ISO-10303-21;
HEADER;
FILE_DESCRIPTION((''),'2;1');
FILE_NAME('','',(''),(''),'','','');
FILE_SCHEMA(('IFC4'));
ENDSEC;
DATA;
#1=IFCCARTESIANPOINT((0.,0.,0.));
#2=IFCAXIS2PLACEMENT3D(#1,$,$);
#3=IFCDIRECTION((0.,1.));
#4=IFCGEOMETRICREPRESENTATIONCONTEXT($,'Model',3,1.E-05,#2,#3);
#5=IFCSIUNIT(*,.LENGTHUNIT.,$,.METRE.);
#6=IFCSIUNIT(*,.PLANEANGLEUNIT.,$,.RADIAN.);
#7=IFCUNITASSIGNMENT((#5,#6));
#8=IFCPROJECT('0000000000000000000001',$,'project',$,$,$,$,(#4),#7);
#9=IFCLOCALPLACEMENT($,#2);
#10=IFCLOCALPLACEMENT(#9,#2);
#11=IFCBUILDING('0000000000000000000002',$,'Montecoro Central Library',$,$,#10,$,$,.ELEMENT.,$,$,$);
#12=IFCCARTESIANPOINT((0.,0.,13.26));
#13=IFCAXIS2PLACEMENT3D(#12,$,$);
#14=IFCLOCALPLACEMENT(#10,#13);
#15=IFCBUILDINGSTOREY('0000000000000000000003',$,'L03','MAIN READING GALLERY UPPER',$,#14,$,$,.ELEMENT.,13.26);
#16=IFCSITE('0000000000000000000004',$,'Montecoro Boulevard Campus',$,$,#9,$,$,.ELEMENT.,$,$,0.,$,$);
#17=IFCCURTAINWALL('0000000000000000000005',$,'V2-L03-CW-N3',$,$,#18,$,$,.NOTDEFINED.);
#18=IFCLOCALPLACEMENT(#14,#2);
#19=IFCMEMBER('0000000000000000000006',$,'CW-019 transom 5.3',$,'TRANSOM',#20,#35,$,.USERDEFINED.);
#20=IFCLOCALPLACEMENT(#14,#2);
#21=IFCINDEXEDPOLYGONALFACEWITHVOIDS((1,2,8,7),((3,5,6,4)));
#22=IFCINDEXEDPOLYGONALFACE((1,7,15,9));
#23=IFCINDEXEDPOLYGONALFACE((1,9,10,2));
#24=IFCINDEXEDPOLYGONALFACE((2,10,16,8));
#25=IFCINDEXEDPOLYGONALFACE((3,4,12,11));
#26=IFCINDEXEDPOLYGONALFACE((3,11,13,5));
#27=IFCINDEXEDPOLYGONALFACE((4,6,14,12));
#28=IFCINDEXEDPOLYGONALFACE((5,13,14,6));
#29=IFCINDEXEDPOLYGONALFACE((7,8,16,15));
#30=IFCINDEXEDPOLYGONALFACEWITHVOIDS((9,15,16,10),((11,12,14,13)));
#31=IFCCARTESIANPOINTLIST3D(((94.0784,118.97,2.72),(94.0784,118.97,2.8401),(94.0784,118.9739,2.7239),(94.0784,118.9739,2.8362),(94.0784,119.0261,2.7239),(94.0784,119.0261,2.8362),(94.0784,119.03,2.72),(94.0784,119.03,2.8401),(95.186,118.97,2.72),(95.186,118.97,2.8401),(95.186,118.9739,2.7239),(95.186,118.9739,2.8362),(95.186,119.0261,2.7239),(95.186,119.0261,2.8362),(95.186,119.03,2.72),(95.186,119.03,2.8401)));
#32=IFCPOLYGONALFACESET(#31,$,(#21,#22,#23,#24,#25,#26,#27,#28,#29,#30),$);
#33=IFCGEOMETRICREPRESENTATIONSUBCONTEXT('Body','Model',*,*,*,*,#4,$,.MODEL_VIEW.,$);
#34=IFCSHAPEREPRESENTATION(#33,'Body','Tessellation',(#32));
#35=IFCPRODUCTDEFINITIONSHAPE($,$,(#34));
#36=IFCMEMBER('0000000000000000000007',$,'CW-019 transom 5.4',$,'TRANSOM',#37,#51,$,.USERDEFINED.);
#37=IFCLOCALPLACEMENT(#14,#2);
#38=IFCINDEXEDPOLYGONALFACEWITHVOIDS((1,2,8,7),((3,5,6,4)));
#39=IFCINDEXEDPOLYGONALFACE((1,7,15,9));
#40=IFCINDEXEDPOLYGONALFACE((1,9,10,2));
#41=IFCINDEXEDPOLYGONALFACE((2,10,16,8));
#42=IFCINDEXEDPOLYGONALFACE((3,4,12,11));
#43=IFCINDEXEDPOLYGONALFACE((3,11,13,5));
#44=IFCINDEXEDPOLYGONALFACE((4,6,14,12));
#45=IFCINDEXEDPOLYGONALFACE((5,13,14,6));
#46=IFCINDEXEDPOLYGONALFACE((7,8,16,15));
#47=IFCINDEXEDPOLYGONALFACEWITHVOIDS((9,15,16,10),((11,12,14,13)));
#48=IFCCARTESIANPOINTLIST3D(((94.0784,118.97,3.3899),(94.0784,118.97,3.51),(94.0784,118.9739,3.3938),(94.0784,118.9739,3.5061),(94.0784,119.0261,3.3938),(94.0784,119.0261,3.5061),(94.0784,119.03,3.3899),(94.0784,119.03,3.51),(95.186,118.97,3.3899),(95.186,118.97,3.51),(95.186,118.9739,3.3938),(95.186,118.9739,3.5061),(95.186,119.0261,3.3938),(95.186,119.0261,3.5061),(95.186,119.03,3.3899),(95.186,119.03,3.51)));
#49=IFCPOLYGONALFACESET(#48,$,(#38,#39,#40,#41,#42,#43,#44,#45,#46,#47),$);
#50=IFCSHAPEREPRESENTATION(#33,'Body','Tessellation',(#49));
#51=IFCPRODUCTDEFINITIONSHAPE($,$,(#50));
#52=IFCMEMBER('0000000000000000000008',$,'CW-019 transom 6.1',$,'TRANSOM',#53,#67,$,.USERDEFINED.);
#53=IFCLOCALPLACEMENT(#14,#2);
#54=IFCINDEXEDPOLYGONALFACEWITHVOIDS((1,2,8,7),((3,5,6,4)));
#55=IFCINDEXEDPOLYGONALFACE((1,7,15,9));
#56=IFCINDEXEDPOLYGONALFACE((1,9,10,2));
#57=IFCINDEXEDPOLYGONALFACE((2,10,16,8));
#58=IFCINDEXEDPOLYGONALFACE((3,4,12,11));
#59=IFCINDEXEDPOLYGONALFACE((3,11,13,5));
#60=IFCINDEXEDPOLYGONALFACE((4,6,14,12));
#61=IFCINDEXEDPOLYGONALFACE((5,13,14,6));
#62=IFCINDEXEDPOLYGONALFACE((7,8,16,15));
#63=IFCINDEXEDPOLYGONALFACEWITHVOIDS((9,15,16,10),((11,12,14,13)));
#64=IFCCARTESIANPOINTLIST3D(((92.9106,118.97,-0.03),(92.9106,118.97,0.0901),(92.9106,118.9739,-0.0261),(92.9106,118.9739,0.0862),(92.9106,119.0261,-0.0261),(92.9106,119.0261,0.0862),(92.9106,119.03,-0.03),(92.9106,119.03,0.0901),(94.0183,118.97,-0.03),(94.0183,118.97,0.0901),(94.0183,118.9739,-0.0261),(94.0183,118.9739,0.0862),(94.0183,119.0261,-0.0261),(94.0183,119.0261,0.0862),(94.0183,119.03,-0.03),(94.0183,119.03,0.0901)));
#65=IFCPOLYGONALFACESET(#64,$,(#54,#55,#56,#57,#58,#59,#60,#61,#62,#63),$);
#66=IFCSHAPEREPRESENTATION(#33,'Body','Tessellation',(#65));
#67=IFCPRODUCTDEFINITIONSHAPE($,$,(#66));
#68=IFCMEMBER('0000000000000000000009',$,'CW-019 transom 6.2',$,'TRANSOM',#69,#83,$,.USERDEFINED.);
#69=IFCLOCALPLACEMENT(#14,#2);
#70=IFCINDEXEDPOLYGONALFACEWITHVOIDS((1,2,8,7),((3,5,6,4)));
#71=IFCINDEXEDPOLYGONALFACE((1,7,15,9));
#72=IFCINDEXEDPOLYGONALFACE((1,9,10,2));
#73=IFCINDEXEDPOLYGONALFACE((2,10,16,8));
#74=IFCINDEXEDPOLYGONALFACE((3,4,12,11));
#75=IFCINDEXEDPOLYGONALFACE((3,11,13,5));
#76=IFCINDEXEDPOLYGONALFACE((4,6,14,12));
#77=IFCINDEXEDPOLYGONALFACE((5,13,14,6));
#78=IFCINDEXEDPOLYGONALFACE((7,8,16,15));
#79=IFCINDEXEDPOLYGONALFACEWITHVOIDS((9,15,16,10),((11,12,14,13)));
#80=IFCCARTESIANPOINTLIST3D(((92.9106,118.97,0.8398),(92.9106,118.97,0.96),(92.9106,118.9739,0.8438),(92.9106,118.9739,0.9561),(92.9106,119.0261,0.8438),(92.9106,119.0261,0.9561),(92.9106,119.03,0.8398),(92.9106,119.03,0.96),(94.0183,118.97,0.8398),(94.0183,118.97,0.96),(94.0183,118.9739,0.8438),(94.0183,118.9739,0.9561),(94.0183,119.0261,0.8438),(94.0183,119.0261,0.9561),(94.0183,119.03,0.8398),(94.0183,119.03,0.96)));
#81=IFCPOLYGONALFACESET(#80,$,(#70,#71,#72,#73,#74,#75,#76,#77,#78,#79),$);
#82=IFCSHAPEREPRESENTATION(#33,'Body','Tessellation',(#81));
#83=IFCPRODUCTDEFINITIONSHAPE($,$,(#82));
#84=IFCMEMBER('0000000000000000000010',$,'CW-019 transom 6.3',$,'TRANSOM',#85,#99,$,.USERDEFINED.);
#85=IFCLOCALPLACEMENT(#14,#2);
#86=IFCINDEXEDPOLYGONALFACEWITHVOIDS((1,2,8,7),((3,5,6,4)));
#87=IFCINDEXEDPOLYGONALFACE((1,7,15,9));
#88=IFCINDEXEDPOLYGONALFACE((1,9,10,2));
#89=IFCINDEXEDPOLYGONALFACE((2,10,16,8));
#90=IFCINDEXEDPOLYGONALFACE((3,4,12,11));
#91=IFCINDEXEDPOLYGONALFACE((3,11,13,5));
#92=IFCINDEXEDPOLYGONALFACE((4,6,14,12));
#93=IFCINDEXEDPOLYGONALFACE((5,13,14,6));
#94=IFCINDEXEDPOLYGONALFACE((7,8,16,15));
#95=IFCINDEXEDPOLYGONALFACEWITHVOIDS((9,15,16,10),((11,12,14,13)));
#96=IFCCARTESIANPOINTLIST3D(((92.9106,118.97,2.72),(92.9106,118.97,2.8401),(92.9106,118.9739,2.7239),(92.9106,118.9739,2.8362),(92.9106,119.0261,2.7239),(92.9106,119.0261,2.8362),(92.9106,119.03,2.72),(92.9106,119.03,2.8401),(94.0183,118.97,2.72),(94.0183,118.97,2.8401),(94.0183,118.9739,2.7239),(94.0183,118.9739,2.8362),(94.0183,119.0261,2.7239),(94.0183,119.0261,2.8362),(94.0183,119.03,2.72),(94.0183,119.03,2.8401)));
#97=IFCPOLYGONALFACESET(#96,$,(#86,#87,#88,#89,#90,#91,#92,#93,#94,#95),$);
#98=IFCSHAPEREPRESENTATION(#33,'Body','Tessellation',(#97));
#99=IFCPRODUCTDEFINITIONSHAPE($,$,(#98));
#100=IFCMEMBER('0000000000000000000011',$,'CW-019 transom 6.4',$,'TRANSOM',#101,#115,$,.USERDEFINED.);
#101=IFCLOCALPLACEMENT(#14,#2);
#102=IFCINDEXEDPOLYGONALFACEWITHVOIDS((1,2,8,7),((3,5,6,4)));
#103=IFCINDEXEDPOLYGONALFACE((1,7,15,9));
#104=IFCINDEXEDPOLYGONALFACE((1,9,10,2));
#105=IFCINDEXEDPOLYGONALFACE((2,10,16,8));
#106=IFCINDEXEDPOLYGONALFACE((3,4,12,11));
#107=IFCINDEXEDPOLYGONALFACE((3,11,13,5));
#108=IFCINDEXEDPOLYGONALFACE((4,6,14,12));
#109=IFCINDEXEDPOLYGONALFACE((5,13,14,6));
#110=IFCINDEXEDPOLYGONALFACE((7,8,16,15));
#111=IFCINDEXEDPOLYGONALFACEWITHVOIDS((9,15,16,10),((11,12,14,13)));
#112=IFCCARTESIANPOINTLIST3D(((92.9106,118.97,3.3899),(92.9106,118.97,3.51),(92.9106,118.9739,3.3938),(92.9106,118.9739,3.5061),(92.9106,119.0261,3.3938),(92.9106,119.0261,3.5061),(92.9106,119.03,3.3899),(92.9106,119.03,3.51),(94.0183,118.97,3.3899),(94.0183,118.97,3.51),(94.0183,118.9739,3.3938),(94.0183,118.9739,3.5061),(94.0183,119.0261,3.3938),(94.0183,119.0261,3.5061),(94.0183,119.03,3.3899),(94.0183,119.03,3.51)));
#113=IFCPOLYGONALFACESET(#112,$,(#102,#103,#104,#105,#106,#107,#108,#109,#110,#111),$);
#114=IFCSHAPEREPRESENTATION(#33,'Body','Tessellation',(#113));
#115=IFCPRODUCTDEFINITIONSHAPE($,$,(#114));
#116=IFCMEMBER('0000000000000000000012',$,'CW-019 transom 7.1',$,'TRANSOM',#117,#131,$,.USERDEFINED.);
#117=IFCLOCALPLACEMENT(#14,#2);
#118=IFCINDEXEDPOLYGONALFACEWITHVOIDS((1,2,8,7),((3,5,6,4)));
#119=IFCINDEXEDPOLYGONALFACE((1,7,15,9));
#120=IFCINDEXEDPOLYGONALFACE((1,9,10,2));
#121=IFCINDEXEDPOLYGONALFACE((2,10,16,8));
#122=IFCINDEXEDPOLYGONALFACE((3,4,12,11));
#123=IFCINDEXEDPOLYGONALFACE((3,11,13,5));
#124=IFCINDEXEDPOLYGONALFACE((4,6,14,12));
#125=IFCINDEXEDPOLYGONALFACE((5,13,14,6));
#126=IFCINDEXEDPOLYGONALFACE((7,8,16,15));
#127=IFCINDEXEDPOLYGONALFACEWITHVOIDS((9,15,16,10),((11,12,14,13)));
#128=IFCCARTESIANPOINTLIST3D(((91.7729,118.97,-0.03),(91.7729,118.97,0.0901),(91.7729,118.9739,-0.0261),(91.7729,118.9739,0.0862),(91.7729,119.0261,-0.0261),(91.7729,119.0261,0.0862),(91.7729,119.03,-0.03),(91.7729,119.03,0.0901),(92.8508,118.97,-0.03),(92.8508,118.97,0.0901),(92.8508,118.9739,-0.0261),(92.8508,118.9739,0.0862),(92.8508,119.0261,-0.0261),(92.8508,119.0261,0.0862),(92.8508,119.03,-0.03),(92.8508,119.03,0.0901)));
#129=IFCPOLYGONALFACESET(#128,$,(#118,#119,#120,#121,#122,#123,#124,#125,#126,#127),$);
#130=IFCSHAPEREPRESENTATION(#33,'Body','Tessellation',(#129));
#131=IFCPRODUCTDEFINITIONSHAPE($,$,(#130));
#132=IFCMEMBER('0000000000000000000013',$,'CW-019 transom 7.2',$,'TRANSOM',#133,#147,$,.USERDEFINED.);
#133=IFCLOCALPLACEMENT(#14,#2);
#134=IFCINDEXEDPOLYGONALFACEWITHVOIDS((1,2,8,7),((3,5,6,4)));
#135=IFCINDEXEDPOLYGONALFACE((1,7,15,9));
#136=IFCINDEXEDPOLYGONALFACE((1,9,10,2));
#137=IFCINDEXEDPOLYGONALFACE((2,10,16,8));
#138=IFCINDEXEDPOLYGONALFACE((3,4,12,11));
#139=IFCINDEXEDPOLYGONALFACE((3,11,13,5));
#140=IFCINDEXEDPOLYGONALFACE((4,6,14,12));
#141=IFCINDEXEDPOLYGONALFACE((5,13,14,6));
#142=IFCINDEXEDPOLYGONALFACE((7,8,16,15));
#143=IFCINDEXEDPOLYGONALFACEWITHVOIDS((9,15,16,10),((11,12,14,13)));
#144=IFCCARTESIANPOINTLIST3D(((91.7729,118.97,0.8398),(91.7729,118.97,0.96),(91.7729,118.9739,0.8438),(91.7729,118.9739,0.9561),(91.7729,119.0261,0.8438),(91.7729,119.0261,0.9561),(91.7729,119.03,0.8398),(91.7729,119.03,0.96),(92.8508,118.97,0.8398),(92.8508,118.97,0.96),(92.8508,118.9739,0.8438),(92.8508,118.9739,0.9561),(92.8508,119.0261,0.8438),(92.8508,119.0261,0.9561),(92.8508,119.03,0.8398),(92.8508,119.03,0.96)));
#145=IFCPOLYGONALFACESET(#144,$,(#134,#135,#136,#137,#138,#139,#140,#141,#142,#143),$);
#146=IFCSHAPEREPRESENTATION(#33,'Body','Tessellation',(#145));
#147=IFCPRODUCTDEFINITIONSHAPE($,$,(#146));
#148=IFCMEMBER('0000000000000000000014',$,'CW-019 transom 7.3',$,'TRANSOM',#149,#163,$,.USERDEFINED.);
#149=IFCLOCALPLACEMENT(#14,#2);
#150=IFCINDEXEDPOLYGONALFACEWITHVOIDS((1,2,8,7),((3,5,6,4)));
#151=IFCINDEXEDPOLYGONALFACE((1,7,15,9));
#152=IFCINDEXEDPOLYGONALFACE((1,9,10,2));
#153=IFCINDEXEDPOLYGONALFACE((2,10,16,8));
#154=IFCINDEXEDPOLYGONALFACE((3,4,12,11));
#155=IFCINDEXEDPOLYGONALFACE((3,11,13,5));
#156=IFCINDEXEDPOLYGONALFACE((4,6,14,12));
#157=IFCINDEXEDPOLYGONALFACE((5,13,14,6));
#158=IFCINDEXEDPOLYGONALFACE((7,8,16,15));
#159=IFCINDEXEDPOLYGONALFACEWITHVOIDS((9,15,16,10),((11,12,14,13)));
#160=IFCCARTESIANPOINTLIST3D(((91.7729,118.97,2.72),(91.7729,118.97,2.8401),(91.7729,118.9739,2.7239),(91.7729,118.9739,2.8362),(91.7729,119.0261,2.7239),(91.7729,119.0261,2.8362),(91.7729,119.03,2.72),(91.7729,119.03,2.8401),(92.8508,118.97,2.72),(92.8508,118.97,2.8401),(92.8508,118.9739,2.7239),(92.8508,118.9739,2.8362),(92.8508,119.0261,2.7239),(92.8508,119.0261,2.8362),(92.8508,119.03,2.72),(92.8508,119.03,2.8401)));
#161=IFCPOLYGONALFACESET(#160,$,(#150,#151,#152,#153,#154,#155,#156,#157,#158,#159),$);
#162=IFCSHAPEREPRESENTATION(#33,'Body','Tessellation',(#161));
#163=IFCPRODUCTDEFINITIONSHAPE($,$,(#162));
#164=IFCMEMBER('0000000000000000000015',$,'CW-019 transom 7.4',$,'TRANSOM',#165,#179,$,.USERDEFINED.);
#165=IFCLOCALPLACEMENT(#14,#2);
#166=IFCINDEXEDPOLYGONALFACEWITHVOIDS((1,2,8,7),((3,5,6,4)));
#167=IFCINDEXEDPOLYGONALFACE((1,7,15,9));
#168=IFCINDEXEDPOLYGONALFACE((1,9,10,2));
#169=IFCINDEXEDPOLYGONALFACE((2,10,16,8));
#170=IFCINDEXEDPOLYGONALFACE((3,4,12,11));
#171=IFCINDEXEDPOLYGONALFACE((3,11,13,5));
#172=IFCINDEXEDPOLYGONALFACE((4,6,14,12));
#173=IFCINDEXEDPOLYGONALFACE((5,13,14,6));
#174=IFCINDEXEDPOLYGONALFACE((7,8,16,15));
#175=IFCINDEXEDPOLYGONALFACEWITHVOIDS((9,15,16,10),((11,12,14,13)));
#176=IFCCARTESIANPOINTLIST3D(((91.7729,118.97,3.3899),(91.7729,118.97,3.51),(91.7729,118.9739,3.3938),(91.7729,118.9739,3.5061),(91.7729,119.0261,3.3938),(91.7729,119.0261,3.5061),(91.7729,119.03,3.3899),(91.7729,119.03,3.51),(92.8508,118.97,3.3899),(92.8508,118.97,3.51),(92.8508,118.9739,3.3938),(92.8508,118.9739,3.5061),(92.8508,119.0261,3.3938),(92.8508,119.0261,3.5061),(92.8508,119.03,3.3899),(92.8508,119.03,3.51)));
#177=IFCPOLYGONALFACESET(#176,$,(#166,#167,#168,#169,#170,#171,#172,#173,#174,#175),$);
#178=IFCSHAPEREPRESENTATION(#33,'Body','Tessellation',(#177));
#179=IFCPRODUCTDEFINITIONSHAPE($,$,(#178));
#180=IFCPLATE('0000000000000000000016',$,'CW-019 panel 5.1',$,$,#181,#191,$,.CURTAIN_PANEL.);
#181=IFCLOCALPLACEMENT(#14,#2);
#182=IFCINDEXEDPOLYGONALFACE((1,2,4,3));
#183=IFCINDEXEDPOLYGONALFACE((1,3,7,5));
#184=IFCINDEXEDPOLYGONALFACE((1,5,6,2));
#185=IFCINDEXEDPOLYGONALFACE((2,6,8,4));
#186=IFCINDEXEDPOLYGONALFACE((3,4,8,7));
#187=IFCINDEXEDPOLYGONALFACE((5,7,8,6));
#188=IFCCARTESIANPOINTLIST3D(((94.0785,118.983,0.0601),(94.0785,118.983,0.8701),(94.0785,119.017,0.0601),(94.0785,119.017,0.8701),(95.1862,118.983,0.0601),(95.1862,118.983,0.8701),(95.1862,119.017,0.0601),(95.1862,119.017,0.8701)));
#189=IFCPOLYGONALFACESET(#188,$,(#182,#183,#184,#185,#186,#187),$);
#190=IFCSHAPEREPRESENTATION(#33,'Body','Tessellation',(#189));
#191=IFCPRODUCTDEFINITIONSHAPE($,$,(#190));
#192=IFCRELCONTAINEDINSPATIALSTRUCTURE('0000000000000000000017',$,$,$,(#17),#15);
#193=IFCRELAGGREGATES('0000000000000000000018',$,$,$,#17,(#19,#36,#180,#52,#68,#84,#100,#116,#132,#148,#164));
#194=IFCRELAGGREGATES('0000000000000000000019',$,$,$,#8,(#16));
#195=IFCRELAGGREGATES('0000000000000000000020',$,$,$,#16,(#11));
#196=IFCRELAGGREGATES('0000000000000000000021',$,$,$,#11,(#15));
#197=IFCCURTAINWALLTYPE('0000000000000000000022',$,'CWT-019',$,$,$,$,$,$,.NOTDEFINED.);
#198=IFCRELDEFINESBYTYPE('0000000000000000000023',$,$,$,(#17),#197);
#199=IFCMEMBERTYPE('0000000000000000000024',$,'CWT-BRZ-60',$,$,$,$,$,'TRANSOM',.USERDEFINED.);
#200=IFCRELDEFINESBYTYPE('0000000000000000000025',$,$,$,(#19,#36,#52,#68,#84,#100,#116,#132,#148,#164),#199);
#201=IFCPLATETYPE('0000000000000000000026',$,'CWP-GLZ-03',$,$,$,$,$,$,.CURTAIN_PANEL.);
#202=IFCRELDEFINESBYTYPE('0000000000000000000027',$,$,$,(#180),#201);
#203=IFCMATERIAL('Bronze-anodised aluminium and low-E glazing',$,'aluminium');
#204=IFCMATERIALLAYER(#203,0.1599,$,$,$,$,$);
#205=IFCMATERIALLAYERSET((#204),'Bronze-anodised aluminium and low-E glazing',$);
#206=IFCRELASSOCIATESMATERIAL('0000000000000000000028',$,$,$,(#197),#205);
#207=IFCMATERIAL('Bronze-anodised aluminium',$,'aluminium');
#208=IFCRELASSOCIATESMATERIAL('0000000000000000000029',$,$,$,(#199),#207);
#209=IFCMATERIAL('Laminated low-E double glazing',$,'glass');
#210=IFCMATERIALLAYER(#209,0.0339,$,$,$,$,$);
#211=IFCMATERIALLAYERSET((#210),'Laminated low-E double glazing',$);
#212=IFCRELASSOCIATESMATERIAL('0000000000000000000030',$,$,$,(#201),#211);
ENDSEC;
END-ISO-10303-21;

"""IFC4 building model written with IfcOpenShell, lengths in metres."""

from ifc_helpers import new_model, si_unit, direction, frame, origin, origin_2d, place, context, subcontext, project, spatial, rectangle, hollow_rectangle, extrude, material, layer, layer_set, material_profile, profile_set, type_object, element, aggregate, save


model = new_model("IFC4")

# Units and contexts
model_context = context("Model", 3, precision=1e-05, world=origin(), true_north=direction((0.0, 1.0)))
body_context = subcontext(model_context, "Body", "Model", "MODEL_VIEW")
ifc_project = project(units=[si_unit("LENGTHUNIT", "METRE"), si_unit("PLANEANGLEUNIT", "RADIAN")], contexts=[model_context])

# Site, building, storey
site_placement = place(None, origin())
site = spatial("IfcSite", under=ifc_project, at=site_placement, Name="Montecoro Boulevard Campus", CompositionType="ELEMENT", RefElevation=0.0)
building_placement = place(site_placement, origin())
building = spatial("IfcBuilding", under=site, at=building_placement, Name="Montecoro Central Library", CompositionType="ELEMENT")
storey_placement = place(building_placement, frame((0.0, 0.0, 13.26)))
storey = spatial("IfcBuildingStorey", under=building, at=storey_placement, Name="L03", Description="MAIN READING GALLERY UPPER", CompositionType="ELEMENT", Elevation=13.26)

# Curtain wall, members, plate
ifc_material_1 = material(Name="Bronze-anodised aluminium and low-E glazing", Category="aluminium")
ifc_layer_1 = layer(ifc_material_1, 0.1599)
ifc_layer_set_1 = layer_set([ifc_layer_1], Name="Bronze-anodised aluminium and low-E glazing")
curtain_wall_type = type_object("IfcCurtainWallType", Name="CWT-019", PredefinedType="NOTDEFINED", material=ifc_layer_set_1)
curtain_wall_placement = place(storey_placement, origin())
curtain_wall = element("IfcCurtainWall", 1, at=curtain_wall_placement, inside=storey, type_object=curtain_wall_type, Name="V2-L03-CW-N3", PredefinedType="NOTDEFINED")
ifc_material_2 = material(Name="Bronze-anodised aluminium", Category="aluminium")
ifc_material_profile_1 = material_profile(ifc_material_2, hollow_rectangle(XDim=0.0601, YDim=0.1201, WallThickness=0.0039, at=origin_2d()), Name="CWT 120x60x4.0")
ifc_profile_set_1 = profile_set([ifc_material_profile_1], Name="Bronze-anodised aluminium")
member_type_1 = type_object("IfcMemberType", Name="CWT-BRZ-60", ElementType="TRANSOM", PredefinedType="USERDEFINED", material=ifc_profile_set_1)
member_1_placement = place(storey_placement, frame((95.186, 119.0, 2.78), z_axis=(-1.0, 0.0, 0.0), x_axis=(0.0, -1.0, 0.0)))
member_1 = element("IfcMember", 2, at=member_1_placement, type_object=member_type_1, Name="CW-019 transom 5.3", ObjectType="TRANSOM", PredefinedType="USERDEFINED", context=body_context, shape_type="SweptSolid", body=[
    extrude(hollow_rectangle(XDim=0.0601, YDim=0.1201, WallThickness=0.0039, at=origin_2d()), origin(), (0.0, 0.0, 1.0), 1.1077),
])
member_2_placement = place(storey_placement, frame((95.186, 119.0, 3.45), z_axis=(-1.0, 0.0, 0.0), x_axis=(0.0, -1.0, 0.0)))
member_2 = element("IfcMember", 3, at=member_2_placement, type_object=member_type_1, Name="CW-019 transom 5.4", ObjectType="TRANSOM", PredefinedType="USERDEFINED", context=body_context, shape_type="SweptSolid", body=[
    extrude(hollow_rectangle(XDim=0.0601, YDim=0.1201, WallThickness=0.0039, at=origin_2d()), origin(), (0.0, 0.0, 1.0), 1.1077),
])
member_3_placement = place(storey_placement, frame((94.0183, 119.0, 0.03), z_axis=(-1.0, 0.0, 0.0), x_axis=(0.0, -1.0, 0.0)))
member_3 = element("IfcMember", 4, at=member_3_placement, type_object=member_type_1, Name="CW-019 transom 6.1", ObjectType="TRANSOM", PredefinedType="USERDEFINED", context=body_context, shape_type="SweptSolid", body=[
    extrude(hollow_rectangle(XDim=0.0601, YDim=0.1201, WallThickness=0.0039, at=origin_2d()), origin(), (0.0, 0.0, 1.0), 1.1077),
])
member_4_placement = place(storey_placement, frame((94.0183, 119.0, 0.8999), z_axis=(-1.0, 0.0, 0.0), x_axis=(0.0, -1.0, 0.0)))
member_4 = element("IfcMember", 5, at=member_4_placement, type_object=member_type_1, Name="CW-019 transom 6.2", ObjectType="TRANSOM", PredefinedType="USERDEFINED", context=body_context, shape_type="SweptSolid", body=[
    extrude(hollow_rectangle(XDim=0.0601, YDim=0.1201, WallThickness=0.0039, at=origin_2d()), origin(), (0.0, 0.0, 1.0), 1.1077),
])
member_5_placement = place(storey_placement, frame((94.0183, 119.0, 2.78), z_axis=(-1.0, 0.0, 0.0), x_axis=(0.0, -1.0, 0.0)))
member_5 = element("IfcMember", 6, at=member_5_placement, type_object=member_type_1, Name="CW-019 transom 6.3", ObjectType="TRANSOM", PredefinedType="USERDEFINED", context=body_context, shape_type="SweptSolid", body=[
    extrude(hollow_rectangle(XDim=0.0601, YDim=0.1201, WallThickness=0.0039, at=origin_2d()), origin(), (0.0, 0.0, 1.0), 1.1077),
])
member_6_placement = place(storey_placement, frame((94.0183, 119.0, 3.45), z_axis=(-1.0, 0.0, 0.0), x_axis=(0.0, -1.0, 0.0)))
member_6 = element("IfcMember", 7, at=member_6_placement, type_object=member_type_1, Name="CW-019 transom 6.4", ObjectType="TRANSOM", PredefinedType="USERDEFINED", context=body_context, shape_type="SweptSolid", body=[
    extrude(hollow_rectangle(XDim=0.0601, YDim=0.1201, WallThickness=0.0039, at=origin_2d()), origin(), (0.0, 0.0, 1.0), 1.1077),
])
member_7_placement = place(storey_placement, frame((92.8508, 119.0, 0.03), z_axis=(-1.0, 0.0, 0.0), x_axis=(0.0, -1.0, 0.0)))
member_7 = element("IfcMember", 8, at=member_7_placement, type_object=member_type_1, Name="CW-019 transom 7.1", ObjectType="TRANSOM", PredefinedType="USERDEFINED", context=body_context, shape_type="SweptSolid", body=[
    extrude(hollow_rectangle(XDim=0.0601, YDim=0.1201, WallThickness=0.0039, at=origin_2d()), origin(), (0.0, 0.0, 1.0), 1.0779),
])
member_8_placement = place(storey_placement, frame((92.8508, 119.0, 0.8999), z_axis=(-1.0, 0.0, 0.0), x_axis=(0.0, -1.0, 0.0)))
member_8 = element("IfcMember", 9, at=member_8_placement, type_object=member_type_1, Name="CW-019 transom 7.2", ObjectType="TRANSOM", PredefinedType="USERDEFINED", context=body_context, shape_type="SweptSolid", body=[
    extrude(hollow_rectangle(XDim=0.0601, YDim=0.1201, WallThickness=0.0039, at=origin_2d()), origin(), (0.0, 0.0, 1.0), 1.0779),
])
member_9_placement = place(storey_placement, frame((92.8508, 119.0, 2.78), z_axis=(-1.0, 0.0, 0.0), x_axis=(0.0, -1.0, 0.0)))
member_9 = element("IfcMember", 10, at=member_9_placement, type_object=member_type_1, Name="CW-019 transom 7.3", ObjectType="TRANSOM", PredefinedType="USERDEFINED", context=body_context, shape_type="SweptSolid", body=[
    extrude(hollow_rectangle(XDim=0.0601, YDim=0.1201, WallThickness=0.0039, at=origin_2d()), origin(), (0.0, 0.0, 1.0), 1.0779),
])
member_10_placement = place(storey_placement, frame((92.8508, 119.0, 3.45), z_axis=(-1.0, 0.0, 0.0), x_axis=(0.0, -1.0, 0.0)))
member_10 = element("IfcMember", 11, at=member_10_placement, type_object=member_type_1, Name="CW-019 transom 7.4", ObjectType="TRANSOM", PredefinedType="USERDEFINED", context=body_context, shape_type="SweptSolid", body=[
    extrude(hollow_rectangle(XDim=0.0601, YDim=0.1201, WallThickness=0.0039, at=origin_2d()), origin(), (0.0, 0.0, 1.0), 1.0779),
])
ifc_material_3 = material(Name="Laminated low-E double glazing", Category="glass")
ifc_layer_2 = layer(ifc_material_3, 0.0339)
ifc_layer_set_2 = layer_set([ifc_layer_2], Name="Laminated low-E double glazing")
plate_type_1 = type_object("IfcPlateType", Name="CWP-GLZ-03", PredefinedType="CURTAIN_PANEL", material=ifc_layer_set_2)
plate_1_placement = place(storey_placement, frame((94.6323, 119.0, 0.0601), z_axis=(0.0, 0.0, 1.0), x_axis=(-1.0, 0.0, 0.0)))
plate_1 = element("IfcPlate", 12, at=plate_1_placement, type_object=plate_type_1, Name="CW-019 panel 5.1", PredefinedType="CURTAIN_PANEL", context=body_context, shape_type="SweptSolid", body=[
    extrude(rectangle(XDim=1.1077, YDim=0.0339, at=origin_2d()), origin(), (0.0, 0.0, 1.0), 0.8101),
])
aggregate(curtain_wall, [member_1, member_2, plate_1, member_3, member_4, member_5, member_6, member_7, member_8, member_9, member_10])

save(model, "model.ifc")
